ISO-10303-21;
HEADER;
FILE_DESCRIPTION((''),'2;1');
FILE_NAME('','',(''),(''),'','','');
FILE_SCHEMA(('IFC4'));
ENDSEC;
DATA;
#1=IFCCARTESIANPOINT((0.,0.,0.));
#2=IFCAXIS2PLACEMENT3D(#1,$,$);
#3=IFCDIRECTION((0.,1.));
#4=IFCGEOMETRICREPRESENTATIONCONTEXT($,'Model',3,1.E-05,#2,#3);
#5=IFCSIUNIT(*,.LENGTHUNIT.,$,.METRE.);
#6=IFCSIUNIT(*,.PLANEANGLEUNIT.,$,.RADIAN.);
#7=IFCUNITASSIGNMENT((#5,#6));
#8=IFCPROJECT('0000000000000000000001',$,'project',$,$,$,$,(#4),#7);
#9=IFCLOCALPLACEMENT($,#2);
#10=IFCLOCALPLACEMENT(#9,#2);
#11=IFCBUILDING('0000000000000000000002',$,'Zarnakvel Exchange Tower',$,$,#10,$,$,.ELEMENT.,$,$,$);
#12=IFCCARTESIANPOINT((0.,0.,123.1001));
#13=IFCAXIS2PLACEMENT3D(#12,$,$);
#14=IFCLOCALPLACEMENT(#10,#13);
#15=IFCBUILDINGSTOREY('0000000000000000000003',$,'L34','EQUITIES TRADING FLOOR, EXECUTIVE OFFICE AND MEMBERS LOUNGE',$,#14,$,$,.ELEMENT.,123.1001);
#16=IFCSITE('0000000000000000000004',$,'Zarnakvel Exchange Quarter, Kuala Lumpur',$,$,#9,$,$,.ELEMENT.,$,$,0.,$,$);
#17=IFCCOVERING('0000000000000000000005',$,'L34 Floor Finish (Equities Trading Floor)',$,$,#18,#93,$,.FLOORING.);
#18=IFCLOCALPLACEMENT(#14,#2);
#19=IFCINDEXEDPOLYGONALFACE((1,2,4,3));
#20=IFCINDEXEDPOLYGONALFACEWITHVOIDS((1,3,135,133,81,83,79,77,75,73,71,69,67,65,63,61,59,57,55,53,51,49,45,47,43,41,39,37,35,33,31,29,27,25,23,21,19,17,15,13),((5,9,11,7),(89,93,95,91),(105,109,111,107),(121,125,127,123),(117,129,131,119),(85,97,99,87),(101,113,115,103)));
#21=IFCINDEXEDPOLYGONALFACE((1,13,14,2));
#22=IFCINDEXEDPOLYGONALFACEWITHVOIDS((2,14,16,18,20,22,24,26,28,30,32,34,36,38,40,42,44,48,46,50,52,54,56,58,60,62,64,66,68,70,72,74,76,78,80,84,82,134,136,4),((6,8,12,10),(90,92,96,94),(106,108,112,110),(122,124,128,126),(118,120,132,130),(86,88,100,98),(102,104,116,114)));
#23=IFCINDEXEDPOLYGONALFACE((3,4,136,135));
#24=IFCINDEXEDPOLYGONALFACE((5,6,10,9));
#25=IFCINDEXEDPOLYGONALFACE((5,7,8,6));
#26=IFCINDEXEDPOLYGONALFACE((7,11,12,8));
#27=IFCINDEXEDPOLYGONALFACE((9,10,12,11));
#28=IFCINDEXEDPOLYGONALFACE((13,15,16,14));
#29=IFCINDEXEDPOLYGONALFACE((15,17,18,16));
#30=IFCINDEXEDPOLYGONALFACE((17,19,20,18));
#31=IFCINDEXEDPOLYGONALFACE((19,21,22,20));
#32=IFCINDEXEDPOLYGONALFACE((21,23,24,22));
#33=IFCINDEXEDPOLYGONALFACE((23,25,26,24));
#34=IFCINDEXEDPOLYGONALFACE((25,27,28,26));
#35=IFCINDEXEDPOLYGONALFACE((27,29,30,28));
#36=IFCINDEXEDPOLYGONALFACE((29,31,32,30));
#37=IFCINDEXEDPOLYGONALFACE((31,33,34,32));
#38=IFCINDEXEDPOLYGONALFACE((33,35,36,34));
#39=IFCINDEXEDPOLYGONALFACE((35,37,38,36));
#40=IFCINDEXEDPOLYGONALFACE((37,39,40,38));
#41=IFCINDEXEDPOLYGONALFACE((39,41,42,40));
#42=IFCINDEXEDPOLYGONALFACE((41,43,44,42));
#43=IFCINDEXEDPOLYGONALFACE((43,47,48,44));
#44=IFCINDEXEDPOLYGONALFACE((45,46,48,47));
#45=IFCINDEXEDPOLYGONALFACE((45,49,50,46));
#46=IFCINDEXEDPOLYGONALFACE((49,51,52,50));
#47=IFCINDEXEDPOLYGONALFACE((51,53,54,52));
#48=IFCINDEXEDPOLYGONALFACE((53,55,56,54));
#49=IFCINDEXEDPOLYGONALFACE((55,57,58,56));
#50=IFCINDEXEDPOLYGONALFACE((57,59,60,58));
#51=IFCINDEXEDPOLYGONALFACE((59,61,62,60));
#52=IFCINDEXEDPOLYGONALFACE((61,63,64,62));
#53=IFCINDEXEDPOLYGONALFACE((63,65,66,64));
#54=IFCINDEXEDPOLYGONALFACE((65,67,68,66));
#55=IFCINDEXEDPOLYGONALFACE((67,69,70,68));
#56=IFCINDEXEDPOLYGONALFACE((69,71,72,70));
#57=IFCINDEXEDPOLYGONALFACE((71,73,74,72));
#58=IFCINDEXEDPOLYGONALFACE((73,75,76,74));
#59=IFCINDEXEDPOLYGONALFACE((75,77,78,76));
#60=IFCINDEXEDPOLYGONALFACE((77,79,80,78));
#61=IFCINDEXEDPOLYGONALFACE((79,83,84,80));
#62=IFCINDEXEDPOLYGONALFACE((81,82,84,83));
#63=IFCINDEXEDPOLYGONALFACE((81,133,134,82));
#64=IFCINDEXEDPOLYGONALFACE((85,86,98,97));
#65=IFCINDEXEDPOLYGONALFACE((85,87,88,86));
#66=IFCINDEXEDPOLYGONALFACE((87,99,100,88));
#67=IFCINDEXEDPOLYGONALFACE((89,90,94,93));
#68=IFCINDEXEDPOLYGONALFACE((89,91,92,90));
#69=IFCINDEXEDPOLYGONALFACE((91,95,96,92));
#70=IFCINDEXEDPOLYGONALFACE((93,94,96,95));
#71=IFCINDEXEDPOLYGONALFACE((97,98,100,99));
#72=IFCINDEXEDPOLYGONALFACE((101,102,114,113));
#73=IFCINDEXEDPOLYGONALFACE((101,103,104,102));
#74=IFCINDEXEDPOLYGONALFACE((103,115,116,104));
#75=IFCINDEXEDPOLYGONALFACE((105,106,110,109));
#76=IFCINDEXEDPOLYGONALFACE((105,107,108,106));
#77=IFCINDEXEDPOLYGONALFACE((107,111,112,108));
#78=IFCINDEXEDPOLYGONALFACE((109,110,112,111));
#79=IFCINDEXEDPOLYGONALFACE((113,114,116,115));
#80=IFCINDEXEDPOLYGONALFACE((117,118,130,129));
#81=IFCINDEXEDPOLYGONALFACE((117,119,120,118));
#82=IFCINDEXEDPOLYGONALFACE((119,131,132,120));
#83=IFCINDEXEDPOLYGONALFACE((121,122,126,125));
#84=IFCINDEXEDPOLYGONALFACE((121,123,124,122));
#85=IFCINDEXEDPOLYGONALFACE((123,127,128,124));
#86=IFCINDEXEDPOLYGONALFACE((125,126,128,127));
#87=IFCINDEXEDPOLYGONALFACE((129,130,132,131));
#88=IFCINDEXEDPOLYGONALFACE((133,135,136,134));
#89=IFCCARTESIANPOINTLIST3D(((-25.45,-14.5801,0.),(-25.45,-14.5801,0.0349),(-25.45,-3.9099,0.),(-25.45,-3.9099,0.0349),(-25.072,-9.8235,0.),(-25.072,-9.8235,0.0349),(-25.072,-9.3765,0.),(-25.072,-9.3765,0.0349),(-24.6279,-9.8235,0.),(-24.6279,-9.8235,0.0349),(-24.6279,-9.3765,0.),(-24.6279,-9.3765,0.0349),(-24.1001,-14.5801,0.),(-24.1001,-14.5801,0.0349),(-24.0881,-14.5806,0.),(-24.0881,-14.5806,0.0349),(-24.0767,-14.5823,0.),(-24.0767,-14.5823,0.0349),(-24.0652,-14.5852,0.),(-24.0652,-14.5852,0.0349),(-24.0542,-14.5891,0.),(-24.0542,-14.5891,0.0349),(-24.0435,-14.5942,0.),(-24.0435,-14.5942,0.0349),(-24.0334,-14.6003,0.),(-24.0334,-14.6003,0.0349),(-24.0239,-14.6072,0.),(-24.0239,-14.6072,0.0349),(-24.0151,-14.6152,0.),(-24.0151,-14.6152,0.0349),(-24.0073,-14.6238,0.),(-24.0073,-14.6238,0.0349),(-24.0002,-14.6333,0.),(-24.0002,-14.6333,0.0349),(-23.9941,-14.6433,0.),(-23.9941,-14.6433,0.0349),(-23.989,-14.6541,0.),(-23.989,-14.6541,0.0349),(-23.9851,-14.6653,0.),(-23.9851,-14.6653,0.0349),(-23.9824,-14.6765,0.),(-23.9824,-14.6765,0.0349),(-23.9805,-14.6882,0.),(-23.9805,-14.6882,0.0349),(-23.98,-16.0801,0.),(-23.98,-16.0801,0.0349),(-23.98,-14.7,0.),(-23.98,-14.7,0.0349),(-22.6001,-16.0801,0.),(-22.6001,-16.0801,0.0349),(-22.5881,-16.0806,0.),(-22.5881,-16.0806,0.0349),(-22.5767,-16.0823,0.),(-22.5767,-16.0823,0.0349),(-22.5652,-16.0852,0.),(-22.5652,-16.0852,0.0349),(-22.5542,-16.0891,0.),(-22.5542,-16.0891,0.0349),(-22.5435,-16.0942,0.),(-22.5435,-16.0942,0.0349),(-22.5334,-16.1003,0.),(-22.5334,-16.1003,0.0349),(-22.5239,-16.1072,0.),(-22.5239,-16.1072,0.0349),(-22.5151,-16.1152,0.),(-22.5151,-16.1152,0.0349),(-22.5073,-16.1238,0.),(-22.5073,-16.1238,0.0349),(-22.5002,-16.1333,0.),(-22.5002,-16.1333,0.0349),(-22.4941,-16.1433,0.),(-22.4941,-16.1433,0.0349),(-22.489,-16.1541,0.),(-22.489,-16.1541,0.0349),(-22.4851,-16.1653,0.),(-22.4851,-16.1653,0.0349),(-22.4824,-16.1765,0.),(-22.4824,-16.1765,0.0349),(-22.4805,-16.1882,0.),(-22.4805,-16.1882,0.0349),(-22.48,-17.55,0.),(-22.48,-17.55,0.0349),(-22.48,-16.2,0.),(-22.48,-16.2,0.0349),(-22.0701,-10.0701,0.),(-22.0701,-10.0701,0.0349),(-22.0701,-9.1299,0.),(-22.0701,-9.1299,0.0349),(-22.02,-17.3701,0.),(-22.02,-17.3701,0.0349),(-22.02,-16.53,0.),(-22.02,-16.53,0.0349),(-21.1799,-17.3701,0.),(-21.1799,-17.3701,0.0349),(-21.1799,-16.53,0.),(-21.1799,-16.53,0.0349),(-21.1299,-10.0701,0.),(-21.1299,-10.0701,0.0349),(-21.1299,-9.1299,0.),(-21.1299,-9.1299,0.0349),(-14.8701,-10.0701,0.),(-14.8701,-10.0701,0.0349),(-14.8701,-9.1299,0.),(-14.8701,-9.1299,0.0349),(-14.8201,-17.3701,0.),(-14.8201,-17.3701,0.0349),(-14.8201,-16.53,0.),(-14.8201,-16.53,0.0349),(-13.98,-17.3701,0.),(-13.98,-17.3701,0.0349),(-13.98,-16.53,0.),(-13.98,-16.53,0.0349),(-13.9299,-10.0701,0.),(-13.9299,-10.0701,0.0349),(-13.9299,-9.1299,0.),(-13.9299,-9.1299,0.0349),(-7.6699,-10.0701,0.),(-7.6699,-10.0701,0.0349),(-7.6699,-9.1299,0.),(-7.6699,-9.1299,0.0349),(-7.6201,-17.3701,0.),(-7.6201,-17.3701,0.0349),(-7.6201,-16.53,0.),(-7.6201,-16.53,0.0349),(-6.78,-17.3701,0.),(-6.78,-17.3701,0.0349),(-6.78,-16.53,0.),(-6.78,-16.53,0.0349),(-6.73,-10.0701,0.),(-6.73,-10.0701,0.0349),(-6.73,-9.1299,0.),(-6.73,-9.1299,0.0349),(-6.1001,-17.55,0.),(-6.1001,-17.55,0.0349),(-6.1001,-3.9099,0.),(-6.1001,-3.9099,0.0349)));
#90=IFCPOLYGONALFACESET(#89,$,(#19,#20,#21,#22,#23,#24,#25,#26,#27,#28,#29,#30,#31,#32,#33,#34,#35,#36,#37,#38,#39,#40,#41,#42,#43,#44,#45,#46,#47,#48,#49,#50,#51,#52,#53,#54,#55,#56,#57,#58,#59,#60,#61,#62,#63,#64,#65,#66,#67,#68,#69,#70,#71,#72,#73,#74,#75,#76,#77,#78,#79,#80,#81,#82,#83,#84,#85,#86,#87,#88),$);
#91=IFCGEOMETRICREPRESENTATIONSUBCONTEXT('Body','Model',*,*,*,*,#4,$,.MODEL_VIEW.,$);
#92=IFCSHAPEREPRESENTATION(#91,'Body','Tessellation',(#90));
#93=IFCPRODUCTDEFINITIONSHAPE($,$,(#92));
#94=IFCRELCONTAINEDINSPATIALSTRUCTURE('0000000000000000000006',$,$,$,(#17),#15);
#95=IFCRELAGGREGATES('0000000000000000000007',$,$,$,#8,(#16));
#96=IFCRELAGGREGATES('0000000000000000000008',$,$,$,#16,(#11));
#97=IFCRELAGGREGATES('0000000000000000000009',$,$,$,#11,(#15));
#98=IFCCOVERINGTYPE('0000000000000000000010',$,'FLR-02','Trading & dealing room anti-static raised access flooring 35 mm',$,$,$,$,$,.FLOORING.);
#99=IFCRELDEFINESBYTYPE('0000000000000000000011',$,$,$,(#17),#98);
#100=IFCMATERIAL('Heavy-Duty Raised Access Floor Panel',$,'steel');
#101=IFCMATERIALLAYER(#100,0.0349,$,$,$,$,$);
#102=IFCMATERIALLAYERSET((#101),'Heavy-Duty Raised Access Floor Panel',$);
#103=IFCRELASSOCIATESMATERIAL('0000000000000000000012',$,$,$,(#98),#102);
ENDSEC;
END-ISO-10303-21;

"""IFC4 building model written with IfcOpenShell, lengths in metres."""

from ifc_helpers import new_model, si_unit, direction, frame, origin, place, context, subcontext, project, spatial, polyline, outline, extrude, material, layer, layer_set, type_object, element, save


model = new_model("IFC4")

# Units and contexts
model_context = context("Model", 3, precision=1e-05, world=origin(), true_north=direction((0.0, 1.0)))
body_context = subcontext(model_context, "Body", "Model", "MODEL_VIEW")
ifc_project = project(units=[si_unit("LENGTHUNIT", "METRE"), si_unit("PLANEANGLEUNIT", "RADIAN")], contexts=[model_context])

# Site, building, storey
site_placement = place(None, origin())
site = spatial("IfcSite", under=ifc_project, at=site_placement, Name="Zarnakvel Exchange Quarter, Kuala Lumpur", CompositionType="ELEMENT", RefElevation=0.0)
building_placement = place(site_placement, origin())
building = spatial("IfcBuilding", under=site, at=building_placement, Name="Zarnakvel Exchange Tower", CompositionType="ELEMENT")
storey_placement = place(building_placement, frame((0.0, 0.0, 123.1001)))
storey = spatial("IfcBuildingStorey", under=building, at=storey_placement, Name="L34", Description="EQUITIES TRADING FLOOR, EXECUTIVE OFFICE AND MEMBERS LOUNGE", CompositionType="ELEMENT", Elevation=123.1001)

# Covering
ifc_material_1 = material(Name="Heavy-Duty Raised Access Floor Panel", Category="steel")
ifc_layer_1 = layer(ifc_material_1, 0.0349)
ifc_layer_set_1 = layer_set([ifc_layer_1], Name="Heavy-Duty Raised Access Floor Panel")
covering_type_1 = type_object("IfcCoveringType", Name="FLR-02", Description="Trading & dealing room anti-static raised access flooring 35 mm", PredefinedType="FLOORING", material=ifc_layer_set_1)
covering_1_placement = place(storey_placement, origin())
element("IfcCovering", 1, at=covering_1_placement, inside=storey, type_object=covering_type_1, Name="L34 Floor Finish (Equities Trading Floor)", PredefinedType="FLOORING", context=body_context, shape_type="SweptSolid", body=[
    extrude(outline(polyline([(-6.1001, -3.9099), (-6.1001, -17.55), (-22.48, -17.55), (-22.48, -16.2), (-22.4805, -16.1882), (-22.4824, -16.1765), (-22.4851, -16.1653), (-22.489, -16.1541), (-22.4941, -16.1433), (-22.5002, -16.1333), (-22.5073, -16.1238), (-22.5151, -16.1152), (-22.5239, -16.1072), (-22.5334, -16.1003), (-22.5435, -16.0942), (-22.5542, -16.0891), (-22.5652, -16.0852), (-22.5767, -16.0823), (-22.5881, -16.0806), (-22.6001, -16.0801), (-23.98, -16.0801), (-23.98, -14.7), (-23.9805, -14.6882), (-23.9824, -14.6765), (-23.9851, -14.6653), (-23.989, -14.6541), (-23.9941, -14.6433), (-24.0002, -14.6333), (-24.0073, -14.6238), (-24.0151, -14.6152), (-24.0239, -14.6072), (-24.0334, -14.6003), (-24.0435, -14.5942), (-24.0542, -14.5891), (-24.0652, -14.5852), (-24.0767, -14.5823), (-24.0881, -14.5806), (-24.1001, -14.5801), (-25.45, -14.5801), (-25.45, -3.9099), (-6.1001, -3.9099)]), holes=[polyline([(-7.6699, -10.0701), (-6.73, -10.0701), (-6.73, -9.1299), (-7.6699, -9.1299), (-7.6699, -10.0701)]), polyline([(-6.78, -17.3701), (-6.78, -16.53), (-7.6201, -16.53), (-7.6201, -17.3701), (-6.78, -17.3701)]), polyline([(-13.9299, -10.0701), (-13.9299, -9.1299), (-14.8701, -9.1299), (-14.8701, -10.0701), (-13.9299, -10.0701)]), polyline([(-13.98, -17.3701), (-13.98, -16.53), (-14.8201, -16.53), (-14.8201, -17.3701), (-13.98, -17.3701)]), polyline([(-21.1299, -10.0701), (-21.1299, -9.1299), (-22.0701, -9.1299), (-22.0701, -10.0701), (-21.1299, -10.0701)]), polyline([(-21.1799, -17.3701), (-21.1799, -16.53), (-22.02, -16.53), (-22.02, -17.3701), (-21.1799, -17.3701)]), polyline([(-25.072, -9.8235), (-24.6279, -9.8235), (-24.6279, -9.3765), (-25.072, -9.3765), (-25.072, -9.8235)])]), origin(), (0.0, 0.0, 1.0), 0.0349),
])

save(model, "model.ifc")
